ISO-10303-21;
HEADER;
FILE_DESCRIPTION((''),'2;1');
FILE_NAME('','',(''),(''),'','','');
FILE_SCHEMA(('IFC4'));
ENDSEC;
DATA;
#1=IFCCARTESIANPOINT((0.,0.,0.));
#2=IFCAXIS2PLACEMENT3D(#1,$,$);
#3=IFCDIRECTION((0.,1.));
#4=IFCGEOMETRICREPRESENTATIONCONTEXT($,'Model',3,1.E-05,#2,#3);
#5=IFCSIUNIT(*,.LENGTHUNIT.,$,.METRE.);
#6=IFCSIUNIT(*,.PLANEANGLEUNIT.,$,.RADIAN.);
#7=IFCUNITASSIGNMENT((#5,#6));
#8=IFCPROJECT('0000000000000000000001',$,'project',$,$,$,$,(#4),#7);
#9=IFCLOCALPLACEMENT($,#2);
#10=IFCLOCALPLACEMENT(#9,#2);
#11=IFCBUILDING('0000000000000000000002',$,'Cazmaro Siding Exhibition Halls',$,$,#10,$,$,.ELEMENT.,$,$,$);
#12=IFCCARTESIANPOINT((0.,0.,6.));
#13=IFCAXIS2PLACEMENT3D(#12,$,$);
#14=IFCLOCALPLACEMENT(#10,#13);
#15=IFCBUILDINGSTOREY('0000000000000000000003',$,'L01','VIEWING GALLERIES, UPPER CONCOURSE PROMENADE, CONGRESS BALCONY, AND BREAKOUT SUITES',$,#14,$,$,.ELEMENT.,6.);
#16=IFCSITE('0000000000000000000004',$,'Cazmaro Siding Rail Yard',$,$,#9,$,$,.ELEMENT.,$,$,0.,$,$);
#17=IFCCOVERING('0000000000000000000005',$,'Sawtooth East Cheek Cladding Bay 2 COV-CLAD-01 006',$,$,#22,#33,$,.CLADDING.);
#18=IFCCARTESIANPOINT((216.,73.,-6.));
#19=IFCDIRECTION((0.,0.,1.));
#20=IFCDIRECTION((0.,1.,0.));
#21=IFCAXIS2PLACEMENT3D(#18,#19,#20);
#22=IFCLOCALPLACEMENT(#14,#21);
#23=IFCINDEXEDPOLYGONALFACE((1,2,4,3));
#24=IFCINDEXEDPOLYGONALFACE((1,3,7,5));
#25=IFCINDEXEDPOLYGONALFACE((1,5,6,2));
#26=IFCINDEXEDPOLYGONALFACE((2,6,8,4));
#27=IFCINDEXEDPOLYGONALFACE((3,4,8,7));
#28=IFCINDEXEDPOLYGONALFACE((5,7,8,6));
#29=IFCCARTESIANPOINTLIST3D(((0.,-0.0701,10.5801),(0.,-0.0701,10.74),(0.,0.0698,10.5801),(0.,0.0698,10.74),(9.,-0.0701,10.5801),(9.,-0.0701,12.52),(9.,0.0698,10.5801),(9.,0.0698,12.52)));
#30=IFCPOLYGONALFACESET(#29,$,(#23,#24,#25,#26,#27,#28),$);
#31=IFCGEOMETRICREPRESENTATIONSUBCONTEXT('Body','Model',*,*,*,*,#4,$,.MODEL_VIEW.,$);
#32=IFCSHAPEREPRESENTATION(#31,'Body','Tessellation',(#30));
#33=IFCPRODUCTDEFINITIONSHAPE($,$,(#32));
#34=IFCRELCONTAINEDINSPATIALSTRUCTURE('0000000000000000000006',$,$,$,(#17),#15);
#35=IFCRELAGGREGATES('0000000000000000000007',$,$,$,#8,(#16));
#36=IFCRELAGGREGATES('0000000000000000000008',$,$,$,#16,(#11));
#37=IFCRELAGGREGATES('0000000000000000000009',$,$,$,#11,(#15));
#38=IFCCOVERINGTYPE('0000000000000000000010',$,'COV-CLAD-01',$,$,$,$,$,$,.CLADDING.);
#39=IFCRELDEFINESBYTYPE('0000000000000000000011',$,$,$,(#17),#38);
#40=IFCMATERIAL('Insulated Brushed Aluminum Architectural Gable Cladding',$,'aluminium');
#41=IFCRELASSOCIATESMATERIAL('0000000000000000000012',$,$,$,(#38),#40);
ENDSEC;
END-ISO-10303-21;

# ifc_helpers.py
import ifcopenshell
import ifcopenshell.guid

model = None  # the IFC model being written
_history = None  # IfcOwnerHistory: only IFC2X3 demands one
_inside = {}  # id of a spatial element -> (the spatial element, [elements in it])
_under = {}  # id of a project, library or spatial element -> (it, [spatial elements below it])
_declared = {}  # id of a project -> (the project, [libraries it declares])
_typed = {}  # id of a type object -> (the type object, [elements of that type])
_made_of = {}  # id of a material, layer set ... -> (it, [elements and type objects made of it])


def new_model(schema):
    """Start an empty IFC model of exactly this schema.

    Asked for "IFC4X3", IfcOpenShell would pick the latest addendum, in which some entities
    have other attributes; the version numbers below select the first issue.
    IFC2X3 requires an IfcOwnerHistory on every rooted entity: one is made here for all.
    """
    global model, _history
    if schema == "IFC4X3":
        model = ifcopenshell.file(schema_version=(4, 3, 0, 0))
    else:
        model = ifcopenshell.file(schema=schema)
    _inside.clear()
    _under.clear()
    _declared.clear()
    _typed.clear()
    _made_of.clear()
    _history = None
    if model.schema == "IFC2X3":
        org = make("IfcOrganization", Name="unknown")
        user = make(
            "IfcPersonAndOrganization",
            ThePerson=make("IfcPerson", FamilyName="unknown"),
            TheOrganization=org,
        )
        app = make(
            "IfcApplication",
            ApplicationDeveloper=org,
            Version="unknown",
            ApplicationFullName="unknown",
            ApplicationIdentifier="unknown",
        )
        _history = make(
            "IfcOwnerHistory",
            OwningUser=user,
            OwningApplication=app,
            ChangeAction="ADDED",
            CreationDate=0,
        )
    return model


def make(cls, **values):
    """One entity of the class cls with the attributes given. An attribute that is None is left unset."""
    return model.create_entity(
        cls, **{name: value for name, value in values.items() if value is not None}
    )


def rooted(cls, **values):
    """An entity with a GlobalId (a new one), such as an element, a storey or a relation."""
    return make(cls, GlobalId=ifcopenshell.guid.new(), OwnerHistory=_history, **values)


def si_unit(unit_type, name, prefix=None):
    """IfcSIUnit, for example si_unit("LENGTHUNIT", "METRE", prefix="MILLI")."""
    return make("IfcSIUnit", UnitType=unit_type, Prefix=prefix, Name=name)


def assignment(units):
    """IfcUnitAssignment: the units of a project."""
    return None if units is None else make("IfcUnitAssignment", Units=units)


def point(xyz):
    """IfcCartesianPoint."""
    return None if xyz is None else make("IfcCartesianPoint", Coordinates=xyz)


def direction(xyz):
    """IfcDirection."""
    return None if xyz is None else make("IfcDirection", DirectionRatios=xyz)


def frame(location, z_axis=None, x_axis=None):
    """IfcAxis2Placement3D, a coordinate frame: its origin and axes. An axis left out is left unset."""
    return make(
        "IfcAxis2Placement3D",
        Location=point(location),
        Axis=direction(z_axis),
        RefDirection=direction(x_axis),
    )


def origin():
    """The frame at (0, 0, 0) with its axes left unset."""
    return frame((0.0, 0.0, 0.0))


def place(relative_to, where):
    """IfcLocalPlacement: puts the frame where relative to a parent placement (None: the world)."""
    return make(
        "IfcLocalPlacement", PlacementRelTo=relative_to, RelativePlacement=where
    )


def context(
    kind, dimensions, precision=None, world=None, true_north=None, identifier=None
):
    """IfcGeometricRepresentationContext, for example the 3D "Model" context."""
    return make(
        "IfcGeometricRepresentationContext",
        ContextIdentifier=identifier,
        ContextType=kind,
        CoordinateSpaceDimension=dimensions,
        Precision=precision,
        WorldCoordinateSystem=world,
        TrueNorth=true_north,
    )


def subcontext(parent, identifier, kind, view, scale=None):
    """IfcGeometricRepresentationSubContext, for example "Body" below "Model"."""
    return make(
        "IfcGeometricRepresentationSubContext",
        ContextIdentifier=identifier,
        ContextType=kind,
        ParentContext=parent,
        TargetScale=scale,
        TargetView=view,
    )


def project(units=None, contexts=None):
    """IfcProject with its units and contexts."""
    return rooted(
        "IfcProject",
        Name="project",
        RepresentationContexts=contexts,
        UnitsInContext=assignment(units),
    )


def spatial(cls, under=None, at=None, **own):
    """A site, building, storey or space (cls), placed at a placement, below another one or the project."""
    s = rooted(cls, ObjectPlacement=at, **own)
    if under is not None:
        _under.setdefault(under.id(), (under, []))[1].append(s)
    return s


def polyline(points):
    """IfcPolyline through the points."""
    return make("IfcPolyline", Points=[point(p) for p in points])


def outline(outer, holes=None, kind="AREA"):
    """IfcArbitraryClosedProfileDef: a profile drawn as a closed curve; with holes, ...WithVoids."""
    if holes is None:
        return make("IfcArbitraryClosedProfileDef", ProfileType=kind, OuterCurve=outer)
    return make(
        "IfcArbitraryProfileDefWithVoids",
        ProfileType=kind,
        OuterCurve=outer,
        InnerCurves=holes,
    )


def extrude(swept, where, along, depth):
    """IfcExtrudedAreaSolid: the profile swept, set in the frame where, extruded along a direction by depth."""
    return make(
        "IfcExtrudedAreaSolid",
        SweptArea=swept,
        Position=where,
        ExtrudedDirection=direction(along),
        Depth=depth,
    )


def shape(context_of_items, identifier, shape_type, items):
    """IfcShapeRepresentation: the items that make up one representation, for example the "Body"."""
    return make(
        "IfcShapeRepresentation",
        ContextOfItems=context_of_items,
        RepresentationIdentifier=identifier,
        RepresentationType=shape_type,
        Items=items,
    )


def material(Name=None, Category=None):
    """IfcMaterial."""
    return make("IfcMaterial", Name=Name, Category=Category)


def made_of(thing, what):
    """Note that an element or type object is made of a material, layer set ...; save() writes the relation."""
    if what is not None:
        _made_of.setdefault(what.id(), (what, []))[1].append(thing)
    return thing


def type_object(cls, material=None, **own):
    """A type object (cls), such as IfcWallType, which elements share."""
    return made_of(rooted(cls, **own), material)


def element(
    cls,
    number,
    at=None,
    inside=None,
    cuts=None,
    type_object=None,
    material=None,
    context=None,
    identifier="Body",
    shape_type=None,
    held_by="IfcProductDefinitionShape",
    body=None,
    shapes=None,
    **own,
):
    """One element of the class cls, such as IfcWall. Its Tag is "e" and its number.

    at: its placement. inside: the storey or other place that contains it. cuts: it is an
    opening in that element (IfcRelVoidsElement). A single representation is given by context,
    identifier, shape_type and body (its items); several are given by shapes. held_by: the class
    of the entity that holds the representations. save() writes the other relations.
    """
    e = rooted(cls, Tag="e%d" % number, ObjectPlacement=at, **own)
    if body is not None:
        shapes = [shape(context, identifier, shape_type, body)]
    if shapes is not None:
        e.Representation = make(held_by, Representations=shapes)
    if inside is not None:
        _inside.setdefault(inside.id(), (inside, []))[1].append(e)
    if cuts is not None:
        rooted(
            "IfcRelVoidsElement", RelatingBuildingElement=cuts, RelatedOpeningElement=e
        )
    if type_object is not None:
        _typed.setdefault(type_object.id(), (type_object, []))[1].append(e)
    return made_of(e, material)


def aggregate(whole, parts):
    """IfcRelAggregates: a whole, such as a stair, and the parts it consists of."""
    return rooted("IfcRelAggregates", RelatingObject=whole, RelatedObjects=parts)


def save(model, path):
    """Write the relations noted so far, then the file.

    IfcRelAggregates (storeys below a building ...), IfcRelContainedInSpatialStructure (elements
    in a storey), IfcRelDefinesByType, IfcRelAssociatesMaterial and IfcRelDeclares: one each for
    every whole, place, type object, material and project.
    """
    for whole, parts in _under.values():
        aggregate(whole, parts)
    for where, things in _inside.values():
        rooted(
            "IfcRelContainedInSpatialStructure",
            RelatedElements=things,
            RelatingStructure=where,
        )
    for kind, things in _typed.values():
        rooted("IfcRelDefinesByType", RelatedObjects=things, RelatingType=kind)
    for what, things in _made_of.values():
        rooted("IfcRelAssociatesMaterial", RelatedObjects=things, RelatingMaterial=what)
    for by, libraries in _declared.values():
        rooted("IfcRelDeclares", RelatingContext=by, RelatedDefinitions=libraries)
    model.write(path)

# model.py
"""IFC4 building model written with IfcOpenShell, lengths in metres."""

from ifc_helpers import new_model, si_unit, direction, frame, origin, place, context, subcontext, project, spatial, polyline, outline, extrude, material, type_object, element, save


model = new_model("IFC4")

# Units and contexts
model_context = context("Model", 3, precision=1e-05, world=origin(), true_north=direction((0.0, 1.0)))
body_context = subcontext(model_context, "Body", "Model", "MODEL_VIEW")
ifc_project = project(units=[si_unit("LENGTHUNIT", "METRE"), si_unit("PLANEANGLEUNIT", "RADIAN")], contexts=[model_context])

# Site, building, storey
site_placement = place(None, origin())
site = spatial("IfcSite", under=ifc_project, at=site_placement, Name="Cazmaro Siding Rail Yard", CompositionType="ELEMENT", RefElevation=0.0)
building_placement = place(site_placement, origin())
building = spatial("IfcBuilding", under=site, at=building_placement, Name="Cazmaro Siding Exhibition Halls", CompositionType="ELEMENT")
storey_placement = place(building_placement, frame((0.0, 0.0, 6.0)))
storey = spatial("IfcBuildingStorey", under=building, at=storey_placement, Name="L01", Description="VIEWING GALLERIES, UPPER CONCOURSE PROMENADE, CONGRESS BALCONY, AND BREAKOUT SUITES", CompositionType="ELEMENT", Elevation=6.0)

# Covering
ifc_material_1 = material(Name="Insulated Brushed Aluminum Architectural Gable Cladding", Category="aluminium")
covering_type = type_object("IfcCoveringType", Name="COV-CLAD-01", PredefinedType="CLADDING", material=ifc_material_1)
covering_placement = place(storey_placement, frame((216.0, 73.0, -6.0), z_axis=(0.0, 0.0, 1.0), x_axis=(0.0, 1.0, 0.0)))
element("IfcCovering", 1, at=covering_placement, inside=storey, type_object=covering_type, Name="Sawtooth East Cheek Cladding Bay 2 COV-CLAD-01 006", PredefinedType="CLADDING", context=body_context, shape_type="SweptSolid", body=[
    extrude(outline(polyline([(0.0, 10.5801), (9.0, 10.5801), (9.0, 12.52), (0.0, 10.74), (0.0, 10.5801)])), frame((0.0, 0.0698, 0.0), z_axis=(0.0, -1.0, 0.0), x_axis=(1.0, 0.0, 0.0)), (0.0, 0.0, 1.0), 0.1399),
])

save(model, "model.ifc")
